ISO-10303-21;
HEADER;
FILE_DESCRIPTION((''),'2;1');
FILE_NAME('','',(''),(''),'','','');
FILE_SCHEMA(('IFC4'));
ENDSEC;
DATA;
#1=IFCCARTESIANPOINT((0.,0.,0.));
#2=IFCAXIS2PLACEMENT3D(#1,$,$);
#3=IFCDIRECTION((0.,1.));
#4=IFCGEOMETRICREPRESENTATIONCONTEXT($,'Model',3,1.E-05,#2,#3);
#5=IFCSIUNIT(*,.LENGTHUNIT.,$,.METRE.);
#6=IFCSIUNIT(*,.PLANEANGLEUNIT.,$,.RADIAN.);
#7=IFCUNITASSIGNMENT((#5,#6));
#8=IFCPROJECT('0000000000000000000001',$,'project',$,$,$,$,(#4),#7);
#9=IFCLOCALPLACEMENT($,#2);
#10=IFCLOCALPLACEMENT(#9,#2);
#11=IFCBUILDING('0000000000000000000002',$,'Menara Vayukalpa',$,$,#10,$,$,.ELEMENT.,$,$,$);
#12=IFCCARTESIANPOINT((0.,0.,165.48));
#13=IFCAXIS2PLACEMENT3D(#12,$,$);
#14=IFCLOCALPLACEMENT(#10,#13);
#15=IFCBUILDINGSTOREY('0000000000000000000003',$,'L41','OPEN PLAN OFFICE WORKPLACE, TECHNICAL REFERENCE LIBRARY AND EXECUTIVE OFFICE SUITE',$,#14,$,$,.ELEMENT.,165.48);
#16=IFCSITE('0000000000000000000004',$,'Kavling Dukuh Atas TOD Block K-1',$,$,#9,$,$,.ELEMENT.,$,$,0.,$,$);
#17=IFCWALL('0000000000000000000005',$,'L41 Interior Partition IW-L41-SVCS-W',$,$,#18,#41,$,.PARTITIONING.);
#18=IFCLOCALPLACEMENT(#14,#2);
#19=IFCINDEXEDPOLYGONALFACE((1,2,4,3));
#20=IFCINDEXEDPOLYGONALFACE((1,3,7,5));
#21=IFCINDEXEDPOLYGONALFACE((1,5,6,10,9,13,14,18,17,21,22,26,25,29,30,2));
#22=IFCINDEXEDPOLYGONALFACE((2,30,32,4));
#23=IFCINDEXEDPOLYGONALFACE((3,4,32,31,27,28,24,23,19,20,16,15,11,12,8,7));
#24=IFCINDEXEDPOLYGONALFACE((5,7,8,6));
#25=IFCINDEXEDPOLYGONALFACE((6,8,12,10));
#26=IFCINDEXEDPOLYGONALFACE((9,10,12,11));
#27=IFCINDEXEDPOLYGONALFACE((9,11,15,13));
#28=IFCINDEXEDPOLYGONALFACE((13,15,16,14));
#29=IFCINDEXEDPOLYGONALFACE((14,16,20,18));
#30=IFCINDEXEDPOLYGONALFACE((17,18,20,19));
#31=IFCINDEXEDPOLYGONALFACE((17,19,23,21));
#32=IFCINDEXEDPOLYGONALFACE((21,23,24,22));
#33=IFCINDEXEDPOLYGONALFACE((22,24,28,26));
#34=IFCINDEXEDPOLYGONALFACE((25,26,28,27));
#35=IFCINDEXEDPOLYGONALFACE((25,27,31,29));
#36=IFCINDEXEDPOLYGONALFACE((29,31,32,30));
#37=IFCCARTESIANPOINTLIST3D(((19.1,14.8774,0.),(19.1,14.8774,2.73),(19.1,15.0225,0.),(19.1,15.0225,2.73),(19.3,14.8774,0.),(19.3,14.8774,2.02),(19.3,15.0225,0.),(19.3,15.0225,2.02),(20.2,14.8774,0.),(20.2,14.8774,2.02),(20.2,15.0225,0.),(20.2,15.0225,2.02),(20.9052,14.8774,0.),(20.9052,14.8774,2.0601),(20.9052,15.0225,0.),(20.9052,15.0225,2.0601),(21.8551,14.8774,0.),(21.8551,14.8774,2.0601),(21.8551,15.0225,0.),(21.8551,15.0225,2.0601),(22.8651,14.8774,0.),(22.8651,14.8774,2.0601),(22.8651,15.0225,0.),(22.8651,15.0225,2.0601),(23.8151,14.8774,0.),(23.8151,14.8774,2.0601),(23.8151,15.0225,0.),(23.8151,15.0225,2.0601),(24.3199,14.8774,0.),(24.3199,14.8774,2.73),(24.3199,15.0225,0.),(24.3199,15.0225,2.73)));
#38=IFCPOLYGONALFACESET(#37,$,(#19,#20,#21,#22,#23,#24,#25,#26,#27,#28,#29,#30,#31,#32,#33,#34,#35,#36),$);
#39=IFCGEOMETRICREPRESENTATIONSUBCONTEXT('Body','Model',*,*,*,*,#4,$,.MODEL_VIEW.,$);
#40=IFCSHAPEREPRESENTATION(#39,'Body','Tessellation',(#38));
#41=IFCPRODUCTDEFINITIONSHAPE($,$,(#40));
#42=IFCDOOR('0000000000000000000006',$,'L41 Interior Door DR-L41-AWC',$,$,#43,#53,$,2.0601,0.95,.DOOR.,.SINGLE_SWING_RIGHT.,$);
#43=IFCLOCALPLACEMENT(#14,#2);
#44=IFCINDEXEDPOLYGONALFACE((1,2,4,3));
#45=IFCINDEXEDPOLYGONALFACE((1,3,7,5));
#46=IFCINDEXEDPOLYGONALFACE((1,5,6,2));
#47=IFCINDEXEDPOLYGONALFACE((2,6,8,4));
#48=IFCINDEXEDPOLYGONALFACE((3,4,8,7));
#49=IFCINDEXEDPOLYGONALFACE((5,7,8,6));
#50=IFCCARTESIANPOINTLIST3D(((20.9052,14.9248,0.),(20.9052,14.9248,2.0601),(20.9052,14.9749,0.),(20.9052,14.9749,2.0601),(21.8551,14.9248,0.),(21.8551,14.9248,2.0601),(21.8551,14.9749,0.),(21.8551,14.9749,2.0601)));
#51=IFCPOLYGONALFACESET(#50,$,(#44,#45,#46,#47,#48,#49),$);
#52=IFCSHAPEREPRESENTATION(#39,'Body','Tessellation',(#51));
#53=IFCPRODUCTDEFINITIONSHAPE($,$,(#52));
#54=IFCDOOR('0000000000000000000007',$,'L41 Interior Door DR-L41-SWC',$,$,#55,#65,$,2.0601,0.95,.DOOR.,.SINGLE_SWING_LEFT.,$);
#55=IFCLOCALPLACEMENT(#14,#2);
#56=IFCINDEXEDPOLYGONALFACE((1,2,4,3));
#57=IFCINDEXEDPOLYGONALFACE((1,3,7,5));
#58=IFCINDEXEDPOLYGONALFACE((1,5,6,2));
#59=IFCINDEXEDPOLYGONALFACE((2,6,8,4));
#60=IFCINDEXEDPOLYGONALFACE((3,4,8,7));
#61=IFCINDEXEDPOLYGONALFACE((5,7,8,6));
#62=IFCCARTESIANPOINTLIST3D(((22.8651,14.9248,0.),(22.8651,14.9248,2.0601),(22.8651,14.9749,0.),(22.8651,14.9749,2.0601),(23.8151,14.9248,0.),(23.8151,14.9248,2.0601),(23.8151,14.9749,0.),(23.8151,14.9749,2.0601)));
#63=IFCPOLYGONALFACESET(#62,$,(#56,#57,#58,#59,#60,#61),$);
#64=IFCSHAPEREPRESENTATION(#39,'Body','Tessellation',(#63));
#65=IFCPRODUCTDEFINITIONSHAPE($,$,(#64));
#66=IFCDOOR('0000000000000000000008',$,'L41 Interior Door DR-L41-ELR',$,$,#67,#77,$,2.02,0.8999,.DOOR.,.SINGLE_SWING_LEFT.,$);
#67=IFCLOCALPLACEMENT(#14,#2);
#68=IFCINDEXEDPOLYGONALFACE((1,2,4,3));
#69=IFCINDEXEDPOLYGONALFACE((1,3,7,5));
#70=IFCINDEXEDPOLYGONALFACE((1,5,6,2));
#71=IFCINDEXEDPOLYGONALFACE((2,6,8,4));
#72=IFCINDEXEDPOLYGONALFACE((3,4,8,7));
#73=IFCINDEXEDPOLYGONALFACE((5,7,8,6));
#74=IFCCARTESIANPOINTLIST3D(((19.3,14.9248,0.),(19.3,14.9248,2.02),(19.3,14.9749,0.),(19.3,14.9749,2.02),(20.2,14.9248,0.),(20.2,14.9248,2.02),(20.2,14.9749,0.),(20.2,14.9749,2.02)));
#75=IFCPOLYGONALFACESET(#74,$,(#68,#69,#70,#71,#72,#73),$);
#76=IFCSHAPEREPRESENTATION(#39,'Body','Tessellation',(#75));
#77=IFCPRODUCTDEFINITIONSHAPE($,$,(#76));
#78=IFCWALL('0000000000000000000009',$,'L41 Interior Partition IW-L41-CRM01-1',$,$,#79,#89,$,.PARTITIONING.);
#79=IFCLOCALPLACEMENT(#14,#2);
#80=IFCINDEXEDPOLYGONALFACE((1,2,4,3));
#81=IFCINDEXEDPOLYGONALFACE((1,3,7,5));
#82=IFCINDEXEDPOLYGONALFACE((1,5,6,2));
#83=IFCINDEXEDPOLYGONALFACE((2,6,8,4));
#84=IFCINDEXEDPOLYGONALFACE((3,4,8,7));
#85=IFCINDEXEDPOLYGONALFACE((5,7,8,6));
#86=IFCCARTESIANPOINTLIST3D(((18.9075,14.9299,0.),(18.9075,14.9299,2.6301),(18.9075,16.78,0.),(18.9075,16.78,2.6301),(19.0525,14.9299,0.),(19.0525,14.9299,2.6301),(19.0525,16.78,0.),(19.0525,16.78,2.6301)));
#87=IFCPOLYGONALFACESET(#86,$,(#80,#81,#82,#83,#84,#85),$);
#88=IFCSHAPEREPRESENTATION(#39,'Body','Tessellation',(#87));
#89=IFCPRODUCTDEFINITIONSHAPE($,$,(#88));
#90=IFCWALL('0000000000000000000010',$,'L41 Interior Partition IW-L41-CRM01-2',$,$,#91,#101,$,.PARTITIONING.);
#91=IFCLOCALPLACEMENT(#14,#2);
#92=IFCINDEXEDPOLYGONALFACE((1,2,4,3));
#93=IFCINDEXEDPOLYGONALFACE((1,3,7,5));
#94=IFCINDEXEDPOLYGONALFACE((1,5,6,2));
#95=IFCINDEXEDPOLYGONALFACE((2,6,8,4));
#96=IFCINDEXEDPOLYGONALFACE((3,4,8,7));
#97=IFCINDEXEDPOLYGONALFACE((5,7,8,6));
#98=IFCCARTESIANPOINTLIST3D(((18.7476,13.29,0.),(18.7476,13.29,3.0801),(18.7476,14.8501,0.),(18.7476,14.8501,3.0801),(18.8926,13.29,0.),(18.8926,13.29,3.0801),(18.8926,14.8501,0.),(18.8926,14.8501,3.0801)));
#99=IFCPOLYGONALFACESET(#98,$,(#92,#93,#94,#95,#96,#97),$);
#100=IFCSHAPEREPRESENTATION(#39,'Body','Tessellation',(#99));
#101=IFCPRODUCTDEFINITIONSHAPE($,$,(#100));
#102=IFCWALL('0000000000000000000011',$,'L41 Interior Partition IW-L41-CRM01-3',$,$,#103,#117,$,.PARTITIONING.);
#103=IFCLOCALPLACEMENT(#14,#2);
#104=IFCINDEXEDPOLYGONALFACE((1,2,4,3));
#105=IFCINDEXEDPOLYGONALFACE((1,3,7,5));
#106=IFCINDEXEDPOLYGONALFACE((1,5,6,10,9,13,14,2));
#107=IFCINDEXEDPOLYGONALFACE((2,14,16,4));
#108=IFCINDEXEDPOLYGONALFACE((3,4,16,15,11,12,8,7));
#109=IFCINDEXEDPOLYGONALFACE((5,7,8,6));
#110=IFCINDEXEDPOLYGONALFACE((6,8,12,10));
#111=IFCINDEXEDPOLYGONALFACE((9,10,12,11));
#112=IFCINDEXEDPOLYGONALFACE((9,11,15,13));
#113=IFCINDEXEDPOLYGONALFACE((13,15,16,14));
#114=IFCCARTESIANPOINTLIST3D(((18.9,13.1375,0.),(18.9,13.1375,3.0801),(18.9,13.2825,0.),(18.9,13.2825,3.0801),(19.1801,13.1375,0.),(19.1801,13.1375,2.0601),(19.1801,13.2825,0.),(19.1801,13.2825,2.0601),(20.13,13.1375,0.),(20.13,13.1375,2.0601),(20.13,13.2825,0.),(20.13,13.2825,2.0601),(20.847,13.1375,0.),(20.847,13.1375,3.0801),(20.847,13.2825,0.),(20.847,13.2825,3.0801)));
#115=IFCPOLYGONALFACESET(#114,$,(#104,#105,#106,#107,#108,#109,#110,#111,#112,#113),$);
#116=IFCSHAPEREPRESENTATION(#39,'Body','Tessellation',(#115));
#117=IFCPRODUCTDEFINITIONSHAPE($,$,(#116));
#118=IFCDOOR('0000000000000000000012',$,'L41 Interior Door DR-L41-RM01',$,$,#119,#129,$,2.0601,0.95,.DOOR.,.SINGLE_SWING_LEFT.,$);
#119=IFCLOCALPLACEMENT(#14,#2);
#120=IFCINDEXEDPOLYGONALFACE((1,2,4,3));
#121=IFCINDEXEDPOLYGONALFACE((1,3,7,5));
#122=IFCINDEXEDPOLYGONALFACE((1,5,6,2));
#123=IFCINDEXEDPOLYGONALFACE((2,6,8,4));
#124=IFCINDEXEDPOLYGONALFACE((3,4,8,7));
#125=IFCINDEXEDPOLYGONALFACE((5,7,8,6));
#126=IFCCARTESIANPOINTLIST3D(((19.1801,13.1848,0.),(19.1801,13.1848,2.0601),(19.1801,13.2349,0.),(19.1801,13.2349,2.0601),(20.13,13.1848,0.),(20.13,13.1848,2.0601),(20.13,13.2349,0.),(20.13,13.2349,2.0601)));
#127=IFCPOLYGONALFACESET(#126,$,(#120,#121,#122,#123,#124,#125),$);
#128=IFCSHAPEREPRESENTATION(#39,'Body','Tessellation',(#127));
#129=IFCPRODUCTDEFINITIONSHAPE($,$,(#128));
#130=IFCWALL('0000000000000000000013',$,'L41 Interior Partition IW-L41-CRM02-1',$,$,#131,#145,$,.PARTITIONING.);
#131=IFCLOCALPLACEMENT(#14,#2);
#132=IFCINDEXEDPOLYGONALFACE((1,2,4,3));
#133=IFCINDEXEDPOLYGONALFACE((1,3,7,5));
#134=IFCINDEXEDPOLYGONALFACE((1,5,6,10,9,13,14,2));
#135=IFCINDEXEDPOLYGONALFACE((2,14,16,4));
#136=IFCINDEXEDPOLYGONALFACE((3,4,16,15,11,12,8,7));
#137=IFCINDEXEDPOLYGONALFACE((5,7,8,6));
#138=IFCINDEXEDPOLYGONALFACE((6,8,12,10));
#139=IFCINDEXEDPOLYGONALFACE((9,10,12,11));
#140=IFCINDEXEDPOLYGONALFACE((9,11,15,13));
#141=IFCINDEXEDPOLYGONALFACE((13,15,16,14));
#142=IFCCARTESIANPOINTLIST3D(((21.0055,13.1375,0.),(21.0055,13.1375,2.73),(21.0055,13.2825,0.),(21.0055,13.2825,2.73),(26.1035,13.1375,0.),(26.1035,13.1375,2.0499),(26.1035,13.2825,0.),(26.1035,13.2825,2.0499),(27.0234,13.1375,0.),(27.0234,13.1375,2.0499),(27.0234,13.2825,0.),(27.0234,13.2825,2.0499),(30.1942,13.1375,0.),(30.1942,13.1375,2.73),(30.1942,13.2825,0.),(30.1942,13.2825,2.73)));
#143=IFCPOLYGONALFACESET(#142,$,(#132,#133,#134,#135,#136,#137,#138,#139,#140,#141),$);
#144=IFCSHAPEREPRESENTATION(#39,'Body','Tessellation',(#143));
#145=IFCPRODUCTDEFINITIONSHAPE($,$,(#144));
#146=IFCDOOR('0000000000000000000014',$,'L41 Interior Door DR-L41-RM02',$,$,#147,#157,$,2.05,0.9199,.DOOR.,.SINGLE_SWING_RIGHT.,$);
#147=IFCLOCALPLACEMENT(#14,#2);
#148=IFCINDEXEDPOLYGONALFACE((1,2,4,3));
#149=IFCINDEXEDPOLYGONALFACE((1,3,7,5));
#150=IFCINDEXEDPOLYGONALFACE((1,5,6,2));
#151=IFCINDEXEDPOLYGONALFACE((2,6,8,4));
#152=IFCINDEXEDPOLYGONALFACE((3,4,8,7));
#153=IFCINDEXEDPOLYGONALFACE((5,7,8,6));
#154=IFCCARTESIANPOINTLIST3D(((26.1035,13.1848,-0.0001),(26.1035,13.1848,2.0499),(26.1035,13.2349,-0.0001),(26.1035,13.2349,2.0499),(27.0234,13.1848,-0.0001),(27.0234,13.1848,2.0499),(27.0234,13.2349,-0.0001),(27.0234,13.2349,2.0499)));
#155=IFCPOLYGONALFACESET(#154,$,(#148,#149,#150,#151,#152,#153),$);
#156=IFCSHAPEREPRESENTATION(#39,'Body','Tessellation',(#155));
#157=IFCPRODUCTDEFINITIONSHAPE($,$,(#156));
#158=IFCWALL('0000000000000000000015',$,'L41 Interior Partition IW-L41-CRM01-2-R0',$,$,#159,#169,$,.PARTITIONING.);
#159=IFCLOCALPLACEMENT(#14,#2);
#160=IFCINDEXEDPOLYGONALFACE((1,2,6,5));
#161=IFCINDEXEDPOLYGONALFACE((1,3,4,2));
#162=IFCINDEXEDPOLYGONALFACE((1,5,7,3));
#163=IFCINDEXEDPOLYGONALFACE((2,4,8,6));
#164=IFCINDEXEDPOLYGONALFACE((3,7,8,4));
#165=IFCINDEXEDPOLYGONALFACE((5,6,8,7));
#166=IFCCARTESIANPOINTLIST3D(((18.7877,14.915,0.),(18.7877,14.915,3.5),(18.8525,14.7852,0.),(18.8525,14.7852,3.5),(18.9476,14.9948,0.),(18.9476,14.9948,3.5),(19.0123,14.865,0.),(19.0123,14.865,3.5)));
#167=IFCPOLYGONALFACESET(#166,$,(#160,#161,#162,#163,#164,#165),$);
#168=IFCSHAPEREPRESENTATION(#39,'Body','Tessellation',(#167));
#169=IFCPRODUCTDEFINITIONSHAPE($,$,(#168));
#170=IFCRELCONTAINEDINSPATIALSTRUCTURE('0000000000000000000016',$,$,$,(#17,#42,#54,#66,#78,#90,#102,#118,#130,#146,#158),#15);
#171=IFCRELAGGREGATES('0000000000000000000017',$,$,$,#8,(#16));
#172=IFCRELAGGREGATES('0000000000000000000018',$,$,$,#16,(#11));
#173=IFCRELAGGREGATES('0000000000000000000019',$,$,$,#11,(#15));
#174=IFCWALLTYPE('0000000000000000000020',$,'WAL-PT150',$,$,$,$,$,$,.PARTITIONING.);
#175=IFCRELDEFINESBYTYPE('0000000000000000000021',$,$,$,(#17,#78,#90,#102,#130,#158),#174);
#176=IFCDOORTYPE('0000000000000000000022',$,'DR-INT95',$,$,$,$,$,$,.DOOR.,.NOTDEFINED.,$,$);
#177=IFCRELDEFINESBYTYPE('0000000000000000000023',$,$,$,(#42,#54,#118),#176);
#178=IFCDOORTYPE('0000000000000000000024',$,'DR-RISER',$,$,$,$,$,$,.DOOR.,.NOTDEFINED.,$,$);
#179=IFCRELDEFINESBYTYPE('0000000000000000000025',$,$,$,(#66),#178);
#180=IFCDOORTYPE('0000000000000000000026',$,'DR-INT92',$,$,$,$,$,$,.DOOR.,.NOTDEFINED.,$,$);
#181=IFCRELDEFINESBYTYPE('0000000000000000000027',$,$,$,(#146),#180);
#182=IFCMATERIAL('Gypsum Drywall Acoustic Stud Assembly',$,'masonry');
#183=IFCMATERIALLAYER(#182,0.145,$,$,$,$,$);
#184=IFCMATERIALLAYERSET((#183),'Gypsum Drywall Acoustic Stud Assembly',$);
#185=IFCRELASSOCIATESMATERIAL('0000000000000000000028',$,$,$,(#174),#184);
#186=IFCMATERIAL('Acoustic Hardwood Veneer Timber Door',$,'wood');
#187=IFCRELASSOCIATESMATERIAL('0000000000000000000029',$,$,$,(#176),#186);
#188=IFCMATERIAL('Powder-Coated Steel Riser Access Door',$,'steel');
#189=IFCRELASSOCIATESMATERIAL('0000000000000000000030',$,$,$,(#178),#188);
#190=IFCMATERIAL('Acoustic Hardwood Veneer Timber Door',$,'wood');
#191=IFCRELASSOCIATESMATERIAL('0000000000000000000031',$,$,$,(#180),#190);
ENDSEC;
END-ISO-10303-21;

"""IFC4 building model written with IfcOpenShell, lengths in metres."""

from ifc_helpers import new_model, si_unit, direction, frame, frame_2d, origin, place, context, subcontext, project, spatial, rectangle, extrude, material, layer, layer_set, type_object, element, fill, save


model = new_model("IFC4")

# Units and contexts
model_context = context("Model", 3, precision=1e-05, world=origin(), true_north=direction((0.0, 1.0)))
body_context = subcontext(model_context, "Body", "Model", "MODEL_VIEW")
ifc_project = project(units=[si_unit("LENGTHUNIT", "METRE"), si_unit("PLANEANGLEUNIT", "RADIAN")], contexts=[model_context])

# Site, building, storey
site_placement = place(None, origin())
site = spatial("IfcSite", under=ifc_project, at=site_placement, Name="Kavling Dukuh Atas TOD Block K-1", CompositionType="ELEMENT", RefElevation=0.0)
building_placement = place(site_placement, origin())
building = spatial("IfcBuilding", under=site, at=building_placement, Name="Menara Vayukalpa", CompositionType="ELEMENT")
storey_placement = place(building_placement, frame((0.0, 0.0, 165.48)))
storey = spatial("IfcBuildingStorey", under=building, at=storey_placement, Name="L41", Description="OPEN PLAN OFFICE WORKPLACE, TECHNICAL REFERENCE LIBRARY AND EXECUTIVE OFFICE SUITE", CompositionType="ELEMENT", Elevation=165.48)

# Wall, openings, doors
ifc_material_1 = material(Name="Gypsum Drywall Acoustic Stud Assembly", Category="masonry")
ifc_layer_1 = layer(ifc_material_1, 0.145)
ifc_layer_set_1 = layer_set([ifc_layer_1], Name="Gypsum Drywall Acoustic Stud Assembly")
wall_type_1 = type_object("IfcWallType", Name="WAL-PT150", PredefinedType="PARTITIONING", material=ifc_layer_set_1)
wall_1_placement = place(storey_placement, frame((19.1001, 14.95, 0.0), z_axis=(0.0, 0.0, 1.0), x_axis=(1.0, 0.0, 0.0)))
wall_1 = element("IfcWall", 1, at=wall_1_placement, inside=storey, type_object=wall_type_1, Name="L41 Interior Partition IW-L41-SVCS-W", PredefinedType="PARTITIONING", context=body_context, shape_type="SweptSolid", body=[
    extrude(rectangle(XDim=5.22, YDim=0.145, at=frame_2d((2.6099, 0.0))), origin(), (0.0, 0.0, 1.0), 2.73),
])
opening_1_placement = place(wall_1_placement, frame((0.2, 0.0, 0.0)))
opening_1 = element("IfcOpeningElement", 2, at=opening_1_placement, cuts=wall_1, PredefinedType="OPENING", context=body_context, shape_type="SweptSolid", body=[
    extrude(rectangle(XDim=0.8999, YDim=2.02, at=frame_2d((0.45, 1.01))), frame((0.0, 0.0825, 0.0), z_axis=(0.0, -1.0, 0.0), x_axis=(1.0, 0.0, 0.0)), (0.0, 0.0, 1.0), 0.165),
])
opening_2_placement = place(wall_1_placement, frame((1.8049, 0.0, 0.0)))
opening_2 = element("IfcOpeningElement", 3, at=opening_2_placement, cuts=wall_1, PredefinedType="OPENING", context=body_context, shape_type="SweptSolid", body=[
    extrude(rectangle(XDim=0.95, YDim=2.0601, at=frame_2d((0.4751, 1.03))), frame((0.0, 0.0825, 0.0), z_axis=(0.0, -1.0, 0.0), x_axis=(1.0, 0.0, 0.0)), (0.0, 0.0, 1.0), 0.165),
])
opening_3_placement = place(wall_1_placement, frame((3.7649, 0.0, 0.0)))
opening_3 = element("IfcOpeningElement", 4, at=opening_3_placement, cuts=wall_1, PredefinedType="OPENING", context=body_context, shape_type="SweptSolid", body=[
    extrude(rectangle(XDim=0.95, YDim=2.0601, at=frame_2d((0.4751, 1.03))), frame((0.0, 0.0825, 0.0), z_axis=(0.0, -1.0, 0.0), x_axis=(1.0, 0.0, 0.0)), (0.0, 0.0, 1.0), 0.165),
])
ifc_material_2 = material(Name="Acoustic Hardwood Veneer Timber Door", Category="wood")
door_type_1 = type_object("IfcDoorType", Name="DR-INT95", OperationType="NOTDEFINED", PredefinedType="DOOR", material=ifc_material_2)
door_1_placement = place(opening_2_placement, origin())
door_1 = element("IfcDoor", 5, at=door_1_placement, inside=storey, type_object=door_type_1, Name="L41 Interior Door DR-L41-AWC", OperationType="SINGLE_SWING_RIGHT", OverallHeight=2.0601, OverallWidth=0.95, PredefinedType="DOOR", context=body_context, shape_type="SweptSolid", body=[
    extrude(rectangle(XDim=0.95, YDim=2.0601, at=frame_2d((0.4751, 1.03))), frame((0.0, 0.0249, 0.0), z_axis=(0.0, -1.0, 0.0), x_axis=(1.0, 0.0, 0.0)), (0.0, 0.0, 1.0), 0.05),
])
fill(opening_2, door_1)
door_2_placement = place(opening_3_placement, origin())
door_2 = element("IfcDoor", 6, at=door_2_placement, inside=storey, type_object=door_type_1, Name="L41 Interior Door DR-L41-SWC", OperationType="SINGLE_SWING_LEFT", OverallHeight=2.0601, OverallWidth=0.95, PredefinedType="DOOR", context=body_context, shape_type="SweptSolid", body=[
    extrude(rectangle(XDim=0.95, YDim=2.0601, at=frame_2d((0.4751, 1.03))), frame((0.0, 0.0249, 0.0), z_axis=(0.0, -1.0, 0.0), x_axis=(1.0, 0.0, 0.0)), (0.0, 0.0, 1.0), 0.05),
])
fill(opening_3, door_2)
ifc_material_3 = material(Name="Powder-Coated Steel Riser Access Door", Category="steel")
door_type_2 = type_object("IfcDoorType", Name="DR-RISER", OperationType="NOTDEFINED", PredefinedType="DOOR", material=ifc_material_3)
door_3_placement = place(opening_1_placement, origin())
door_3 = element("IfcDoor", 7, at=door_3_placement, inside=storey, type_object=door_type_2, Name="L41 Interior Door DR-L41-ELR", OperationType="SINGLE_SWING_LEFT", OverallHeight=2.02, OverallWidth=0.8999, PredefinedType="DOOR", context=body_context, shape_type="SweptSolid", body=[
    extrude(rectangle(XDim=0.8999, YDim=2.02, at=frame_2d((0.45, 1.01))), frame((0.0, 0.0249, 0.0), z_axis=(0.0, -1.0, 0.0), x_axis=(1.0, 0.0, 0.0)), (0.0, 0.0, 1.0), 0.05),
])
fill(opening_1, door_3)

# Walls
wall_2_placement = place(storey_placement, frame((18.98, 16.78, 0.0), z_axis=(0.0, 0.0, 1.0), x_axis=(0.0, -1.0, 0.0)))
element("IfcWall", 8, at=wall_2_placement, inside=storey, type_object=wall_type_1, Name="L41 Interior Partition IW-L41-CRM01-1", PredefinedType="PARTITIONING", context=body_context, shape_type="SweptSolid", body=[
    extrude(rectangle(XDim=1.8501, YDim=0.145, at=frame_2d((0.925, 0.0))), origin(), (0.0, 0.0, 1.0), 2.6301),
])
wall_3_placement = place(storey_placement, frame((18.8201, 14.8501, 0.0), z_axis=(0.0, 0.0, 1.0), x_axis=(0.0, -1.0, 0.0)))
element("IfcWall", 9, at=wall_3_placement, inside=storey, type_object=wall_type_1, Name="L41 Interior Partition IW-L41-CRM01-2", PredefinedType="PARTITIONING", context=body_context, shape_type="SweptSolid", body=[
    extrude(rectangle(XDim=1.5601, YDim=0.145, at=frame_2d((0.78, 0.0))), origin(), (0.0, 0.0, 1.0), 3.0801),
])

# Walls, openings, doors
wall_4_placement = place(storey_placement, frame((18.8999, 13.21, 0.0), z_axis=(0.0, 0.0, 1.0), x_axis=(1.0, 0.0, 0.0)))
wall_4 = element("IfcWall", 10, at=wall_4_placement, inside=storey, type_object=wall_type_1, Name="L41 Interior Partition IW-L41-CRM01-3", PredefinedType="PARTITIONING", context=body_context, shape_type="SweptSolid", body=[
    extrude(rectangle(XDim=1.947, YDim=0.145, at=frame_2d((0.9736, 0.0))), origin(), (0.0, 0.0, 1.0), 3.0801),
])
opening_4_placement = place(wall_4_placement, frame((0.28, 0.0, 0.0)))
opening_4 = element("IfcOpeningElement", 11, at=opening_4_placement, cuts=wall_4, PredefinedType="OPENING", context=body_context, shape_type="SweptSolid", body=[
    extrude(rectangle(XDim=0.95, YDim=2.0601, at=frame_2d((0.4751, 1.03))), frame((0.0, 0.0825, 0.0), z_axis=(0.0, -1.0, 0.0), x_axis=(1.0, 0.0, 0.0)), (0.0, 0.0, 1.0), 0.165),
])
door_4_placement = place(opening_4_placement, origin())
door_4 = element("IfcDoor", 12, at=door_4_placement, inside=storey, type_object=door_type_1, Name="L41 Interior Door DR-L41-RM01", OperationType="SINGLE_SWING_LEFT", OverallHeight=2.0601, OverallWidth=0.95, PredefinedType="DOOR", context=body_context, shape_type="SweptSolid", body=[
    extrude(rectangle(XDim=0.95, YDim=2.0601, at=frame_2d((0.4751, 1.03))), frame((0.0, 0.0249, 0.0), z_axis=(0.0, -1.0, 0.0), x_axis=(1.0, 0.0, 0.0)), (0.0, 0.0, 1.0), 0.05),
])
fill(opening_4, door_4)
wall_5_placement = place(storey_placement, frame((21.0056, 13.21, 0.0), z_axis=(0.0, 0.0, 1.0), x_axis=(1.0, 0.0, 0.0)))
wall_5 = element("IfcWall", 13, at=wall_5_placement, inside=storey, type_object=wall_type_1, Name="L41 Interior Partition IW-L41-CRM02-1", PredefinedType="PARTITIONING", context=body_context, shape_type="SweptSolid", body=[
    extrude(rectangle(XDim=9.1887, YDim=0.145, at=frame_2d((4.5942, 0.0))), origin(), (0.0, 0.0, 1.0), 2.73),
])
opening_5_placement = place(wall_5_placement, frame((5.0979, 0.0, 0.0)))
opening_5 = element("IfcOpeningElement", 14, at=opening_5_placement, cuts=wall_5, PredefinedType="OPENING", context=body_context, shape_type="SweptSolid", body=[
    extrude(rectangle(XDim=0.9199, YDim=2.05, at=frame_2d((0.46, 1.0249))), frame((0.0, 0.0825, 0.0), z_axis=(0.0, -1.0, 0.0), x_axis=(1.0, 0.0, 0.0)), (0.0, 0.0, 1.0), 0.165),
])
ifc_material_4 = material(Name="Acoustic Hardwood Veneer Timber Door", Category="wood")
door_type_3 = type_object("IfcDoorType", Name="DR-INT92", OperationType="NOTDEFINED", PredefinedType="DOOR", material=ifc_material_4)
door_5_placement = place(opening_5_placement, origin())
door_5 = element("IfcDoor", 15, at=door_5_placement, inside=storey, type_object=door_type_3, Name="L41 Interior Door DR-L41-RM02", OperationType="SINGLE_SWING_RIGHT", OverallHeight=2.05, OverallWidth=0.9199, PredefinedType="DOOR", context=body_context, shape_type="SweptSolid", body=[
    extrude(rectangle(XDim=0.9199, YDim=2.05, at=frame_2d((0.46, 1.0249))), frame((0.0, 0.0249, 0.0), z_axis=(0.0, -1.0, 0.0), x_axis=(1.0, 0.0, 0.0)), (0.0, 0.0, 1.0), 0.05),
])
fill(opening_5, door_5)

# Wall
wall_6_placement = place(storey_placement, frame((18.8201, 14.8501, 0.0), z_axis=(0.0, 0.0, 1.0), x_axis=(0.8947, 0.446667, 0.0)))
element("IfcWall", 16, at=wall_6_placement, inside=storey, type_object=wall_type_1, Name="L41 Interior Partition IW-L41-CRM01-2-R0", PredefinedType="PARTITIONING", context=body_context, shape_type="SweptSolid", body=[
    extrude(rectangle(XDim=0.1787, YDim=0.145, at=frame_2d((0.0894, 0.0))), origin(), (0.0, 0.0, 1.0), 3.5),
])

save(model, "model.ifc")
